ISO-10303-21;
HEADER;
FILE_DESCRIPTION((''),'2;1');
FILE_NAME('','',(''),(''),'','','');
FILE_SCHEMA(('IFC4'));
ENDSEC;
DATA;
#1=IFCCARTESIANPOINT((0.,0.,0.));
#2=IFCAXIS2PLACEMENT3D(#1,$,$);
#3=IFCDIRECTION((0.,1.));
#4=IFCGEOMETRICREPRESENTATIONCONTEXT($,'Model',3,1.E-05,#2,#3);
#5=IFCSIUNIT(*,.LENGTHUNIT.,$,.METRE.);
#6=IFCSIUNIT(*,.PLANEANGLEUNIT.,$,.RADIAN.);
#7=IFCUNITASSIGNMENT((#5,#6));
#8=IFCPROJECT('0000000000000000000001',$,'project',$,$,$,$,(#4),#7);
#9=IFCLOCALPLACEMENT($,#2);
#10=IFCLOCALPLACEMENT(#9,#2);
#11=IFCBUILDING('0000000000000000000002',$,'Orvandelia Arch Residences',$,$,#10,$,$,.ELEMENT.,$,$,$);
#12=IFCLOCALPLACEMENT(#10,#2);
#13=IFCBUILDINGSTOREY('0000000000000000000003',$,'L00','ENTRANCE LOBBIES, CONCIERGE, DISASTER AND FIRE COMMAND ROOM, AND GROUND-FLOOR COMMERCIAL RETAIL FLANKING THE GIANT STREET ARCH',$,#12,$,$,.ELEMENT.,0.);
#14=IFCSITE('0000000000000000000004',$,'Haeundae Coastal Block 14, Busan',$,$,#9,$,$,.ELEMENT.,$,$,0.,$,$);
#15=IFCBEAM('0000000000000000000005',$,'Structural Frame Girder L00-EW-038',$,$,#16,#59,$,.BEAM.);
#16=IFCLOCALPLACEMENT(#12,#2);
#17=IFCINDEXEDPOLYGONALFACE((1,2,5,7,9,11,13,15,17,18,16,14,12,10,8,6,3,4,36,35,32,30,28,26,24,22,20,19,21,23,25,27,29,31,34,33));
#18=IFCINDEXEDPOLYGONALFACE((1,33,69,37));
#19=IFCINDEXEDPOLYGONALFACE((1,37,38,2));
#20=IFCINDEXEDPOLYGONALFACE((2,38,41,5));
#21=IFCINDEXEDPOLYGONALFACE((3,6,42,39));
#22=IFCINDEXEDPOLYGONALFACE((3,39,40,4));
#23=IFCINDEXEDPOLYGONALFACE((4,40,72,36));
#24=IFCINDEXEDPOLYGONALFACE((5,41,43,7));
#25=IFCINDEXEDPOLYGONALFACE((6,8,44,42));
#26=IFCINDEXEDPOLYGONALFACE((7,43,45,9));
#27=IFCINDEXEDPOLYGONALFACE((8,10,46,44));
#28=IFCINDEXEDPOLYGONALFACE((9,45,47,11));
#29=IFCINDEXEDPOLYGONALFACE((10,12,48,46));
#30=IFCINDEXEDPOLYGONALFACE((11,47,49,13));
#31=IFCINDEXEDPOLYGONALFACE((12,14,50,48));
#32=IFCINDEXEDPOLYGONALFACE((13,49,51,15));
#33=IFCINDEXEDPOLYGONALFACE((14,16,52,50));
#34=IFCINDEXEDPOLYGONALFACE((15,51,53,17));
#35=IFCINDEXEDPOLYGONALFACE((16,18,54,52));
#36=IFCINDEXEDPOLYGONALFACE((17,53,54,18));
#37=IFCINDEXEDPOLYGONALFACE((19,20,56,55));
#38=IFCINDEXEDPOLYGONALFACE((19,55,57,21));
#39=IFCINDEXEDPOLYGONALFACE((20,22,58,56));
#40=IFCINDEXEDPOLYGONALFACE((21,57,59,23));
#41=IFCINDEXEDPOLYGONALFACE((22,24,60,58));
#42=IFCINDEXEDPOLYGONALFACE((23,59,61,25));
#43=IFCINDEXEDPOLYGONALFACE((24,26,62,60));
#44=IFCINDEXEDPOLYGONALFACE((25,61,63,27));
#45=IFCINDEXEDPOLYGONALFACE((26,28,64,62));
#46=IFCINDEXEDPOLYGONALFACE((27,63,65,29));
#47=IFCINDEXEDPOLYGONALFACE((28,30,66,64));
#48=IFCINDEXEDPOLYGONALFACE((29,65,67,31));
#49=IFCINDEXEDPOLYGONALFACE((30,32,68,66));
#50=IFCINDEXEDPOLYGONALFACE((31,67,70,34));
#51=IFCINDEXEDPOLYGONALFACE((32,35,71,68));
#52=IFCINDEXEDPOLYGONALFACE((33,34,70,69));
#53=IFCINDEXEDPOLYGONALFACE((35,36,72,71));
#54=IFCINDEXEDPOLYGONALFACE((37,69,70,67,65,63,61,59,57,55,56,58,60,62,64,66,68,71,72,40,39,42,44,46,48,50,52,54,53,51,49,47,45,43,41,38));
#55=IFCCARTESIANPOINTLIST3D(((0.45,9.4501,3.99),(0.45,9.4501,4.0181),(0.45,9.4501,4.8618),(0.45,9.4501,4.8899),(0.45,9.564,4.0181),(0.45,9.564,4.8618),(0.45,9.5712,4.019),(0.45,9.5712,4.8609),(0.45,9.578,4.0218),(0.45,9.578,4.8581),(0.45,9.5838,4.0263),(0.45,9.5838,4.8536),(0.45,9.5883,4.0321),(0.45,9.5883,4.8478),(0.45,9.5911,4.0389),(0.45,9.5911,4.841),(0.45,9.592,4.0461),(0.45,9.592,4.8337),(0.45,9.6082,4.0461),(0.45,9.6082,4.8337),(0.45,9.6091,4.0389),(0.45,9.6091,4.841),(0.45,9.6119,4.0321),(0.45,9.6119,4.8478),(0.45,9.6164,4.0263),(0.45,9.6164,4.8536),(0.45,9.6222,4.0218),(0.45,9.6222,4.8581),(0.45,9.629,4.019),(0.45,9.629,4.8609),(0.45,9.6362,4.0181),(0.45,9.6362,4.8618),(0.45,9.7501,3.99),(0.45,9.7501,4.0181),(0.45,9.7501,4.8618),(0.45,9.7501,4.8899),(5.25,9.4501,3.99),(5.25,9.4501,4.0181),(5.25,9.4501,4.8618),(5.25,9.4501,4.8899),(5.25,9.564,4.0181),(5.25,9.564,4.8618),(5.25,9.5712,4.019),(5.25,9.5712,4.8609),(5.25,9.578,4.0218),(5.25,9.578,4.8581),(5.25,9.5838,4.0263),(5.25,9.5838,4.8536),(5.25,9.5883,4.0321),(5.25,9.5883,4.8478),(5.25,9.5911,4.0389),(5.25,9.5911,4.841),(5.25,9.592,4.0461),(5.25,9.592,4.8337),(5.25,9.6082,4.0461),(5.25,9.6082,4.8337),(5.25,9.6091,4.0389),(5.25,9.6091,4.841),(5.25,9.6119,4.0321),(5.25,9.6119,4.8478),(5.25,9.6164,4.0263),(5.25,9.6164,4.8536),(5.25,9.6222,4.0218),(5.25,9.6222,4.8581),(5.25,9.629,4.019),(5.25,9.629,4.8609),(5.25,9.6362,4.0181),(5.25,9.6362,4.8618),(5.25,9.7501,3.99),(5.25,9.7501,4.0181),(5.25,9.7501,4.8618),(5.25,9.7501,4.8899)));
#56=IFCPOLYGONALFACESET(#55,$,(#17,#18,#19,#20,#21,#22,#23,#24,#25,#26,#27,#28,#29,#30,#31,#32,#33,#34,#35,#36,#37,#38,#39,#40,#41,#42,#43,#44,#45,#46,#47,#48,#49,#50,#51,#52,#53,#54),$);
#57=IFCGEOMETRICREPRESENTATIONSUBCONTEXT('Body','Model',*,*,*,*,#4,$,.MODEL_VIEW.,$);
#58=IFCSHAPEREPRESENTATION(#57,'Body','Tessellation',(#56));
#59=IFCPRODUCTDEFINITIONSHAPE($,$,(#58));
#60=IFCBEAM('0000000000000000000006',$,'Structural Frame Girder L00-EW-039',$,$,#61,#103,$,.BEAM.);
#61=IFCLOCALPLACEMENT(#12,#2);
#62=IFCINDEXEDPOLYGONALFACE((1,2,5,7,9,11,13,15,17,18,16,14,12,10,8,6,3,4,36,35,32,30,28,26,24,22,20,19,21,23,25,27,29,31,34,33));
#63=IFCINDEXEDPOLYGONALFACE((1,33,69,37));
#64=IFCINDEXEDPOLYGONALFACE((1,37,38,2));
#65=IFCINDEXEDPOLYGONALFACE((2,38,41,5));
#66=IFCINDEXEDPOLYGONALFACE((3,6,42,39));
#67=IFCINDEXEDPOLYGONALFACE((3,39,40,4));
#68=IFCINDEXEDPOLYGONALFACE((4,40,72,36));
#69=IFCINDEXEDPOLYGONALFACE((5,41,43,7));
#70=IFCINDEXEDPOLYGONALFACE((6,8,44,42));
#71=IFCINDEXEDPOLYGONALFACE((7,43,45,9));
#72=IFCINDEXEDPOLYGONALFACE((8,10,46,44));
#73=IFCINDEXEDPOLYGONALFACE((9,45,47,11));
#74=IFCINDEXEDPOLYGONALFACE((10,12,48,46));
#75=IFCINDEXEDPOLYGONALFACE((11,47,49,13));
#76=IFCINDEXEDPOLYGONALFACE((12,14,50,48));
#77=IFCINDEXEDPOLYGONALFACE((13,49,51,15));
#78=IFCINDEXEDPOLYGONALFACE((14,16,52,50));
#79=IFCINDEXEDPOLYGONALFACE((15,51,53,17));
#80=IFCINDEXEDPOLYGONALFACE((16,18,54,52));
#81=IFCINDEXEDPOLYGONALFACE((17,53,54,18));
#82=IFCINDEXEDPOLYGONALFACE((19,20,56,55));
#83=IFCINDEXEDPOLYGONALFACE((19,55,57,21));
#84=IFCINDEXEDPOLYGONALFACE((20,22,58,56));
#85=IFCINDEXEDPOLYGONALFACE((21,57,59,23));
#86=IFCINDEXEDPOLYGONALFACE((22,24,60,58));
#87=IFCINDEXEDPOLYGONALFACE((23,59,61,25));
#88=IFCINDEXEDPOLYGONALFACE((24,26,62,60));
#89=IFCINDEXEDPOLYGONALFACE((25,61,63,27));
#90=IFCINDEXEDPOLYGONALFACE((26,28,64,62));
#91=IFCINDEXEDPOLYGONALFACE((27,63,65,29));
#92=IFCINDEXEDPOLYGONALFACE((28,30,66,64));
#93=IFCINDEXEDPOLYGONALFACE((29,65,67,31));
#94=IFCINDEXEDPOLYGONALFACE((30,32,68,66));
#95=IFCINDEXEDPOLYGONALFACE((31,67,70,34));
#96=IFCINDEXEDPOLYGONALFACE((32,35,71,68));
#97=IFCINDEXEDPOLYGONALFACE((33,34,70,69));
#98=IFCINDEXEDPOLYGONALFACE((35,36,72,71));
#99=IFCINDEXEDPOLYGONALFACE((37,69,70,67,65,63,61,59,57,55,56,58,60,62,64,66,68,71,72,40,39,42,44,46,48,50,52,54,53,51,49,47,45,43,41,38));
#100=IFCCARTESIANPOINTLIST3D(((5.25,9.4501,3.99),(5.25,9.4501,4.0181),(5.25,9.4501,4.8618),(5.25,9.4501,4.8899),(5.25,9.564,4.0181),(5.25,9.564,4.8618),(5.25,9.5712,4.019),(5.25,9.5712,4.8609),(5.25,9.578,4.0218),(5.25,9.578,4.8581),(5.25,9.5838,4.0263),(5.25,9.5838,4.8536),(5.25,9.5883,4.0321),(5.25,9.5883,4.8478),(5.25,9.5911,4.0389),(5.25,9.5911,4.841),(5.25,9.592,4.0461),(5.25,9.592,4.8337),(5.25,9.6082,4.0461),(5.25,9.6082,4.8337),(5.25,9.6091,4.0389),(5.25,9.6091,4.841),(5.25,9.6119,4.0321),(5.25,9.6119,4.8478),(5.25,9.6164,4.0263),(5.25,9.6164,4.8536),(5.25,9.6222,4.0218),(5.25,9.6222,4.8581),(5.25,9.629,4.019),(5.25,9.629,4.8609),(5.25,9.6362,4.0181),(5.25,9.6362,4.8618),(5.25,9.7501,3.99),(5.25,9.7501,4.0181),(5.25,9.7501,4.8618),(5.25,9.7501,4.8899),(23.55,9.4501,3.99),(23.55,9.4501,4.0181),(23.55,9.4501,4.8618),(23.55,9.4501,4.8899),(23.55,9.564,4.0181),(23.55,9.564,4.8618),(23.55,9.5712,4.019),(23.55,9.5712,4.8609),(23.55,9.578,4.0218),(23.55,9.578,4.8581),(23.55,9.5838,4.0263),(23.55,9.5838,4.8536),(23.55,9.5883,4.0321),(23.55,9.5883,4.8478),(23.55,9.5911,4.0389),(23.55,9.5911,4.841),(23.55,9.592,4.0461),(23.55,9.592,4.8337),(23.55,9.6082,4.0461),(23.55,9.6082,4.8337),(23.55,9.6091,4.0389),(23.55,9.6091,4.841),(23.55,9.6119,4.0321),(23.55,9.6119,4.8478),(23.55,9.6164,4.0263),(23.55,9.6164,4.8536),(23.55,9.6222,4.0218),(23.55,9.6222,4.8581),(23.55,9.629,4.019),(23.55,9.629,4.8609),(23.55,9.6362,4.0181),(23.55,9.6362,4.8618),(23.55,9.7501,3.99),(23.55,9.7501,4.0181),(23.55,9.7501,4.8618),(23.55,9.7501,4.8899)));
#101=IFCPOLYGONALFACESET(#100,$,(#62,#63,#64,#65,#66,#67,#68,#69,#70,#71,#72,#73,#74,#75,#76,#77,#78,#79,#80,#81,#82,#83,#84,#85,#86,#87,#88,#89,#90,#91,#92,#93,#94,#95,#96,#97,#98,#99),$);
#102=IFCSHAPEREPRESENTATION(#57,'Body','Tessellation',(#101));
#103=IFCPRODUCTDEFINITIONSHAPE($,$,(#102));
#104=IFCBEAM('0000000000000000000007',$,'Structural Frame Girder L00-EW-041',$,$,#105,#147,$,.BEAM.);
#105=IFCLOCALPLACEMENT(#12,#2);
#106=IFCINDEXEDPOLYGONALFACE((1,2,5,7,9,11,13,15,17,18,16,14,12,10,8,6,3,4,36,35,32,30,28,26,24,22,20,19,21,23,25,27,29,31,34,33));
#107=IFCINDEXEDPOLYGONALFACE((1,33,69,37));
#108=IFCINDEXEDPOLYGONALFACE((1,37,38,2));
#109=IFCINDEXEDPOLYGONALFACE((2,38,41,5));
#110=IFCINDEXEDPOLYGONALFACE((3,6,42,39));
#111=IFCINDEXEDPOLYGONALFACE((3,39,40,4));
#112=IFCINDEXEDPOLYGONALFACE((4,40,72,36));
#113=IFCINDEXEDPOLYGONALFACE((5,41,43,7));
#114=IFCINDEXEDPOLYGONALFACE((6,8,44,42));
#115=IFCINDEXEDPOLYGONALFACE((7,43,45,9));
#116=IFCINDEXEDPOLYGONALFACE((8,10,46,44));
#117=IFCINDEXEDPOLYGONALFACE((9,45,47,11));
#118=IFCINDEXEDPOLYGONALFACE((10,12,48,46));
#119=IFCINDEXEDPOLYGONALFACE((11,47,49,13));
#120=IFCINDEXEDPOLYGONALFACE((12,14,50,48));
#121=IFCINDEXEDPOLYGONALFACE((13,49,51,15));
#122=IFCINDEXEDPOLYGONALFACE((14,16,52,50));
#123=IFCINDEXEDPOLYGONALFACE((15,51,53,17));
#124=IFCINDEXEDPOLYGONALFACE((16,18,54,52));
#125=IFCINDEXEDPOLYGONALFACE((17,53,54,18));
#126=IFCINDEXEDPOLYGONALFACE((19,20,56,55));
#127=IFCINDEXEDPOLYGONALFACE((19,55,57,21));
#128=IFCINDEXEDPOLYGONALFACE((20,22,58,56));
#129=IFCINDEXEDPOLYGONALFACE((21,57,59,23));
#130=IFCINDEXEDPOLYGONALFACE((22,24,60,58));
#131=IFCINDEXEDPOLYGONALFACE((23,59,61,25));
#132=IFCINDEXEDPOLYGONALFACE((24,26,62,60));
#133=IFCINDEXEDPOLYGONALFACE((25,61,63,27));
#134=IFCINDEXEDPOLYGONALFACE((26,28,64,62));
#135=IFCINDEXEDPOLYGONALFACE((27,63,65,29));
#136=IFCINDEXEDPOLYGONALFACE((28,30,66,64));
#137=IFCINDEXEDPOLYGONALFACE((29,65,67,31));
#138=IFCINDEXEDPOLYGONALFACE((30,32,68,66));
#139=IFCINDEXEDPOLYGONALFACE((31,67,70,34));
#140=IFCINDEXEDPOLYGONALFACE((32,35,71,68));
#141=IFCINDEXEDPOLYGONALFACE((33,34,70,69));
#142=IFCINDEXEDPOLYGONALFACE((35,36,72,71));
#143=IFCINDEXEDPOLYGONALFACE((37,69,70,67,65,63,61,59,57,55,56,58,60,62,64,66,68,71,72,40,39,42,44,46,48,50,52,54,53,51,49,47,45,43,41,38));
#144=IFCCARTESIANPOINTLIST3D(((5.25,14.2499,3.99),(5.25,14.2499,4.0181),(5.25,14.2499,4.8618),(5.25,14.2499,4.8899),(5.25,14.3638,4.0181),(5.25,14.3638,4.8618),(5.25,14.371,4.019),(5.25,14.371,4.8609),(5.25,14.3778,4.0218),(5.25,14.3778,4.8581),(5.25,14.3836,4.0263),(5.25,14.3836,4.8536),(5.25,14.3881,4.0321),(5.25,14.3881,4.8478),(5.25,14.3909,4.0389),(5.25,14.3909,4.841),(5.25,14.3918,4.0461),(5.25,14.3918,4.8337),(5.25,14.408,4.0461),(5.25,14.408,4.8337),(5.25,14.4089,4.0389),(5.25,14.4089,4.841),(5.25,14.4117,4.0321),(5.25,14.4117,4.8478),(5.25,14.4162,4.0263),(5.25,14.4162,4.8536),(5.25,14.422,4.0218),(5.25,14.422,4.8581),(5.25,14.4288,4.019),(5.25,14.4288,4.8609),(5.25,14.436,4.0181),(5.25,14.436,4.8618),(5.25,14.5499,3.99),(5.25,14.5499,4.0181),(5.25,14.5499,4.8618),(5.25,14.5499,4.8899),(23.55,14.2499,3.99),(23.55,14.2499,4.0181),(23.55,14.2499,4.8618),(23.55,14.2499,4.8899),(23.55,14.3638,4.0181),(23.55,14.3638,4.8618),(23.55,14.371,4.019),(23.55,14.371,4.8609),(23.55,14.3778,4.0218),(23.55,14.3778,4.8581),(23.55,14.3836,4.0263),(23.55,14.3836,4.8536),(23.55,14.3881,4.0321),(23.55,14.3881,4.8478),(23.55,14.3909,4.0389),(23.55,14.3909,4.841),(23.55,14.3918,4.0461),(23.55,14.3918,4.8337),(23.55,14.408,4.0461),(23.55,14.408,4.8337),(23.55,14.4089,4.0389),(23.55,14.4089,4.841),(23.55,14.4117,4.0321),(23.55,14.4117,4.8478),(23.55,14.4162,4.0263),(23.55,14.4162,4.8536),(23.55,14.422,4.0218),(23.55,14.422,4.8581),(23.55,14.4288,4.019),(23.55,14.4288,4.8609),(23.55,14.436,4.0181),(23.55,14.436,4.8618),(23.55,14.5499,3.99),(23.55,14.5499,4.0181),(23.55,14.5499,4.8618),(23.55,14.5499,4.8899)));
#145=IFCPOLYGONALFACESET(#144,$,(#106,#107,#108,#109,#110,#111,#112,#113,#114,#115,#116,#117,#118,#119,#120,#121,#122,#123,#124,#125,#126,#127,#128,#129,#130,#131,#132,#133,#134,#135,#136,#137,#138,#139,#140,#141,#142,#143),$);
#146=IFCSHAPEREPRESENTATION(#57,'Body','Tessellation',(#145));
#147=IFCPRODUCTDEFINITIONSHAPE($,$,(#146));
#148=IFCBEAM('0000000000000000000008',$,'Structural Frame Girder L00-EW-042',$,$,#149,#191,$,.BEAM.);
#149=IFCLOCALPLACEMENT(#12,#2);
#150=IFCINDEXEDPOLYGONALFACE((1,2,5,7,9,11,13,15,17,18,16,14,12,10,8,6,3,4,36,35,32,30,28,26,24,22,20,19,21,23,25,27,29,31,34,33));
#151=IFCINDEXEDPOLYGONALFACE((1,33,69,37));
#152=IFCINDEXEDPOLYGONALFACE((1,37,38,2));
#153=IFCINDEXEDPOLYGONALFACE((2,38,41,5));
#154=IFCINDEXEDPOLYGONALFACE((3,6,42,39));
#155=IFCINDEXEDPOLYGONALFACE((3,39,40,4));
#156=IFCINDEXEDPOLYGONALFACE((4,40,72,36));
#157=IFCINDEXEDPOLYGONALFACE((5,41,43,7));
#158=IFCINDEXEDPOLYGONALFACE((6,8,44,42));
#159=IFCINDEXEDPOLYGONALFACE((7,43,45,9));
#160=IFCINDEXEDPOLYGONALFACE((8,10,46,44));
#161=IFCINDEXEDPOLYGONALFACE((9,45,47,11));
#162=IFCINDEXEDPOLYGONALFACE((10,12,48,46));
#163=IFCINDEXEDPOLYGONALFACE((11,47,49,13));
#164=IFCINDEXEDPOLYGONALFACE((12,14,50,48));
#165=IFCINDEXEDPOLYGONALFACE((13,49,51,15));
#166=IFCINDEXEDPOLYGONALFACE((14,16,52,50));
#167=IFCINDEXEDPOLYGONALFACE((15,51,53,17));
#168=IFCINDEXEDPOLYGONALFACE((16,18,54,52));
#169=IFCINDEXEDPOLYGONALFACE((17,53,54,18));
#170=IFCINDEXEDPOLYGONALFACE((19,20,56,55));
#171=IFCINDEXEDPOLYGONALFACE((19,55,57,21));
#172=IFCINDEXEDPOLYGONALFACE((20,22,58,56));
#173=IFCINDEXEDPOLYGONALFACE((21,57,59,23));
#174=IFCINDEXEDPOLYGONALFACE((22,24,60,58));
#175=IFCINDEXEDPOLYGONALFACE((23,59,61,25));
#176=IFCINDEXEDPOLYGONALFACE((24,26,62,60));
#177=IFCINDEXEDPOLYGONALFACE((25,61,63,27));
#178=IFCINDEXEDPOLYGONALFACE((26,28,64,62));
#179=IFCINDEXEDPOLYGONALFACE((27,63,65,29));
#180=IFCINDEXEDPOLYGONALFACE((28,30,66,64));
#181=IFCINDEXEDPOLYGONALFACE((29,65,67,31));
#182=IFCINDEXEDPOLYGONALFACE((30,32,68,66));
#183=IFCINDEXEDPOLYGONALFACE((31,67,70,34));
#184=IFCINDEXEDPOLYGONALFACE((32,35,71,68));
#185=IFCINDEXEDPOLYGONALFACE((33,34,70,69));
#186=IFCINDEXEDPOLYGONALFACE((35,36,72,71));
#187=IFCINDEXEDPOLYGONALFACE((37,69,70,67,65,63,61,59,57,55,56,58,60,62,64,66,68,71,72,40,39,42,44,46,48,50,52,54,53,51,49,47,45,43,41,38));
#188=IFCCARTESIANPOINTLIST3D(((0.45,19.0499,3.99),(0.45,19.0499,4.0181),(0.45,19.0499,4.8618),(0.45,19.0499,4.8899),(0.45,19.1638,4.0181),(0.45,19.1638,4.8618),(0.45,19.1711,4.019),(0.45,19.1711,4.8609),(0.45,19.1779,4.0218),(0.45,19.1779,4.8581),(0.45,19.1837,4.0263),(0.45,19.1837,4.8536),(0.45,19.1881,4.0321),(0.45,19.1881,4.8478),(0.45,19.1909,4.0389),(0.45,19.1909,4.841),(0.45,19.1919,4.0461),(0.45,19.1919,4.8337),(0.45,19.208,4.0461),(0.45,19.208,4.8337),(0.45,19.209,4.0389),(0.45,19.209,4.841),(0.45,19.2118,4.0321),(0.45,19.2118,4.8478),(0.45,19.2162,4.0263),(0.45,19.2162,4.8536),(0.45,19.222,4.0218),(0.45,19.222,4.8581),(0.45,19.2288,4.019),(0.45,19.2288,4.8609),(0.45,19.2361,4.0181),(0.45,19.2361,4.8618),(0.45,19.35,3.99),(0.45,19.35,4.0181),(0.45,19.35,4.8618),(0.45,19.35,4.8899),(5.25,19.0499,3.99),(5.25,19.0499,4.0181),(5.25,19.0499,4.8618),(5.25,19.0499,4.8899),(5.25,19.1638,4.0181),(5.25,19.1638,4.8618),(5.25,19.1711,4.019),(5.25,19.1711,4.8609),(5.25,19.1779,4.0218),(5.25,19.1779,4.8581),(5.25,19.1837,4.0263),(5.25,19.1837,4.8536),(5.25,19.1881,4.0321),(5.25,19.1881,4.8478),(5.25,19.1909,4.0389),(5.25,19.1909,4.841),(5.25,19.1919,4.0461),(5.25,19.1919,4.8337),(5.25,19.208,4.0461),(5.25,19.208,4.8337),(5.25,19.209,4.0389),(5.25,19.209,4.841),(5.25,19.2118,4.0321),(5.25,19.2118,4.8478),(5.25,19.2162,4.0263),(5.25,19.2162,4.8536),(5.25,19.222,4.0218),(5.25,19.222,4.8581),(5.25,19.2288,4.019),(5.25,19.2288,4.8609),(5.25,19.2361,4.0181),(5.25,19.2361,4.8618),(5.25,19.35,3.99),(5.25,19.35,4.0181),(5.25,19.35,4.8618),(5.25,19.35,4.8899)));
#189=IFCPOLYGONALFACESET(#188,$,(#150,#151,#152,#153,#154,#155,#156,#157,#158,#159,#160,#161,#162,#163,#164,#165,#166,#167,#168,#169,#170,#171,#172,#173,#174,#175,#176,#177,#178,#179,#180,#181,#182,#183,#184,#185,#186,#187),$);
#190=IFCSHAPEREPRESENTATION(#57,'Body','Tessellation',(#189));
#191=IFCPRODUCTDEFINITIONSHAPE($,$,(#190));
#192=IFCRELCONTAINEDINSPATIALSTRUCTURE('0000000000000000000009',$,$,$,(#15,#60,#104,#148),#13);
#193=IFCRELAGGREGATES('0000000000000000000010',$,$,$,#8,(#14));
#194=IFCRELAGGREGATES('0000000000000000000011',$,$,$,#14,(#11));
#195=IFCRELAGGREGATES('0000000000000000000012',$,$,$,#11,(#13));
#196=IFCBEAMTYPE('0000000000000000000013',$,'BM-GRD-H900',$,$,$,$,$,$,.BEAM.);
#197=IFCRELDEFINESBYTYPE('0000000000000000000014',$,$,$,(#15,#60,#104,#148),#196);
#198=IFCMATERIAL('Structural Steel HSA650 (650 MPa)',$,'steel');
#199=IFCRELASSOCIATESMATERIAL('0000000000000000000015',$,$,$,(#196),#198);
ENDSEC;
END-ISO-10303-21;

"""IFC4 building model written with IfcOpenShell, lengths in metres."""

from ifc_helpers import new_model, si_unit, direction, frame, origin, origin_2d, place, context, subcontext, project, spatial, i_section, extrude, material, material_profile, profile_set, type_object, element, save


model = new_model("IFC4")

# Units and contexts
model_context = context("Model", 3, precision=1e-05, world=origin(), true_north=direction((0.0, 1.0)))
body_context = subcontext(model_context, "Body", "Model", "MODEL_VIEW")
ifc_project = project(units=[si_unit("LENGTHUNIT", "METRE"), si_unit("PLANEANGLEUNIT", "RADIAN")], contexts=[model_context])

# Site, building, storey
site_placement = place(None, origin())
site = spatial("IfcSite", under=ifc_project, at=site_placement, Name="Haeundae Coastal Block 14, Busan", CompositionType="ELEMENT", RefElevation=0.0)
building_placement = place(site_placement, origin())
building = spatial("IfcBuilding", under=site, at=building_placement, Name="Orvandelia Arch Residences", CompositionType="ELEMENT")
storey_placement = place(building_placement, origin())
storey = spatial("IfcBuildingStorey", under=building, at=storey_placement, Name="L00", Description="ENTRANCE LOBBIES, CONCIERGE, DISASTER AND FIRE COMMAND ROOM, AND GROUND-FLOOR COMMERCIAL RETAIL FLANKING THE GIANT STREET ARCH", CompositionType="ELEMENT", Elevation=0.0)

# Beams
ifc_material_1 = material(Name="Structural Steel HSA650 (650 MPa)", Category="steel")
ifc_material_profile_1 = material_profile(ifc_material_1, i_section(OverallWidth=0.3, OverallDepth=0.8999, WebThickness=0.0161, FlangeThickness=0.0281, FilletRadius=0.0281, at=origin_2d()), Name="Structural Steel HSA650 (650 MPa)", Category="steel")
ifc_profile_set_1 = profile_set([ifc_material_profile_1], Name="Structural Steel HSA650 (650 MPa)")
beam_type_1 = type_object("IfcBeamType", Name="BM-GRD-H900", PredefinedType="BEAM", material=ifc_profile_set_1)
for number, where, z_axis, x_axis, name in (
    (1, (0.45, 9.6001, 4.4399), (1.0, 0.0, 0.0), (0.0, 1.0, 0.0), "Structural Frame Girder L00-EW-038"),
):
    element("IfcBeam", number, at=place(storey_placement, frame(where, z_axis=z_axis, x_axis=x_axis)), inside=storey, type_object=beam_type_1, Name=name, PredefinedType="BEAM", context=body_context, shape_type="SweptSolid", body=[
        extrude(i_section(OverallWidth=0.3, OverallDepth=0.8999, WebThickness=0.0161, FlangeThickness=0.0281, FilletRadius=0.0281, at=origin_2d()), origin(), (0.0, 0.0, 1.0), 4.8),
    ])
for number, where, z_axis, x_axis, name in (
    (2, (5.25, 9.6001, 4.4399), (1.0, 0.0, 0.0), (0.0, 1.0, 0.0), "Structural Frame Girder L00-EW-039"),
    (3, (5.25, 14.3999, 4.4399), (1.0, 0.0, 0.0), (0.0, 1.0, 0.0), "Structural Frame Girder L00-EW-041"),
):
    element("IfcBeam", number, at=place(storey_placement, frame(where, z_axis=z_axis, x_axis=x_axis)), inside=storey, type_object=beam_type_1, Name=name, PredefinedType="BEAM", context=body_context, shape_type="SweptSolid", body=[
        extrude(i_section(OverallWidth=0.3, OverallDepth=0.8999, WebThickness=0.0161, FlangeThickness=0.0281, FilletRadius=0.0281, at=origin_2d()), origin(), (0.0, 0.0, 1.0), 18.3),
    ])
beam_1_placement = place(storey_placement, frame((0.45, 19.2, 4.4399), z_axis=(1.0, 0.0, 0.0), x_axis=(0.0, 1.0, 0.0)))
element("IfcBeam", 4, at=beam_1_placement, inside=storey, type_object=beam_type_1, Name="Structural Frame Girder L00-EW-042", PredefinedType="BEAM", context=body_context, shape_type="SweptSolid", body=[
    extrude(i_section(OverallWidth=0.3, OverallDepth=0.8999, WebThickness=0.0161, FlangeThickness=0.0281, FilletRadius=0.0281, at=origin_2d()), origin(), (0.0, 0.0, 1.0), 4.8),
])

save(model, "model.ifc")
